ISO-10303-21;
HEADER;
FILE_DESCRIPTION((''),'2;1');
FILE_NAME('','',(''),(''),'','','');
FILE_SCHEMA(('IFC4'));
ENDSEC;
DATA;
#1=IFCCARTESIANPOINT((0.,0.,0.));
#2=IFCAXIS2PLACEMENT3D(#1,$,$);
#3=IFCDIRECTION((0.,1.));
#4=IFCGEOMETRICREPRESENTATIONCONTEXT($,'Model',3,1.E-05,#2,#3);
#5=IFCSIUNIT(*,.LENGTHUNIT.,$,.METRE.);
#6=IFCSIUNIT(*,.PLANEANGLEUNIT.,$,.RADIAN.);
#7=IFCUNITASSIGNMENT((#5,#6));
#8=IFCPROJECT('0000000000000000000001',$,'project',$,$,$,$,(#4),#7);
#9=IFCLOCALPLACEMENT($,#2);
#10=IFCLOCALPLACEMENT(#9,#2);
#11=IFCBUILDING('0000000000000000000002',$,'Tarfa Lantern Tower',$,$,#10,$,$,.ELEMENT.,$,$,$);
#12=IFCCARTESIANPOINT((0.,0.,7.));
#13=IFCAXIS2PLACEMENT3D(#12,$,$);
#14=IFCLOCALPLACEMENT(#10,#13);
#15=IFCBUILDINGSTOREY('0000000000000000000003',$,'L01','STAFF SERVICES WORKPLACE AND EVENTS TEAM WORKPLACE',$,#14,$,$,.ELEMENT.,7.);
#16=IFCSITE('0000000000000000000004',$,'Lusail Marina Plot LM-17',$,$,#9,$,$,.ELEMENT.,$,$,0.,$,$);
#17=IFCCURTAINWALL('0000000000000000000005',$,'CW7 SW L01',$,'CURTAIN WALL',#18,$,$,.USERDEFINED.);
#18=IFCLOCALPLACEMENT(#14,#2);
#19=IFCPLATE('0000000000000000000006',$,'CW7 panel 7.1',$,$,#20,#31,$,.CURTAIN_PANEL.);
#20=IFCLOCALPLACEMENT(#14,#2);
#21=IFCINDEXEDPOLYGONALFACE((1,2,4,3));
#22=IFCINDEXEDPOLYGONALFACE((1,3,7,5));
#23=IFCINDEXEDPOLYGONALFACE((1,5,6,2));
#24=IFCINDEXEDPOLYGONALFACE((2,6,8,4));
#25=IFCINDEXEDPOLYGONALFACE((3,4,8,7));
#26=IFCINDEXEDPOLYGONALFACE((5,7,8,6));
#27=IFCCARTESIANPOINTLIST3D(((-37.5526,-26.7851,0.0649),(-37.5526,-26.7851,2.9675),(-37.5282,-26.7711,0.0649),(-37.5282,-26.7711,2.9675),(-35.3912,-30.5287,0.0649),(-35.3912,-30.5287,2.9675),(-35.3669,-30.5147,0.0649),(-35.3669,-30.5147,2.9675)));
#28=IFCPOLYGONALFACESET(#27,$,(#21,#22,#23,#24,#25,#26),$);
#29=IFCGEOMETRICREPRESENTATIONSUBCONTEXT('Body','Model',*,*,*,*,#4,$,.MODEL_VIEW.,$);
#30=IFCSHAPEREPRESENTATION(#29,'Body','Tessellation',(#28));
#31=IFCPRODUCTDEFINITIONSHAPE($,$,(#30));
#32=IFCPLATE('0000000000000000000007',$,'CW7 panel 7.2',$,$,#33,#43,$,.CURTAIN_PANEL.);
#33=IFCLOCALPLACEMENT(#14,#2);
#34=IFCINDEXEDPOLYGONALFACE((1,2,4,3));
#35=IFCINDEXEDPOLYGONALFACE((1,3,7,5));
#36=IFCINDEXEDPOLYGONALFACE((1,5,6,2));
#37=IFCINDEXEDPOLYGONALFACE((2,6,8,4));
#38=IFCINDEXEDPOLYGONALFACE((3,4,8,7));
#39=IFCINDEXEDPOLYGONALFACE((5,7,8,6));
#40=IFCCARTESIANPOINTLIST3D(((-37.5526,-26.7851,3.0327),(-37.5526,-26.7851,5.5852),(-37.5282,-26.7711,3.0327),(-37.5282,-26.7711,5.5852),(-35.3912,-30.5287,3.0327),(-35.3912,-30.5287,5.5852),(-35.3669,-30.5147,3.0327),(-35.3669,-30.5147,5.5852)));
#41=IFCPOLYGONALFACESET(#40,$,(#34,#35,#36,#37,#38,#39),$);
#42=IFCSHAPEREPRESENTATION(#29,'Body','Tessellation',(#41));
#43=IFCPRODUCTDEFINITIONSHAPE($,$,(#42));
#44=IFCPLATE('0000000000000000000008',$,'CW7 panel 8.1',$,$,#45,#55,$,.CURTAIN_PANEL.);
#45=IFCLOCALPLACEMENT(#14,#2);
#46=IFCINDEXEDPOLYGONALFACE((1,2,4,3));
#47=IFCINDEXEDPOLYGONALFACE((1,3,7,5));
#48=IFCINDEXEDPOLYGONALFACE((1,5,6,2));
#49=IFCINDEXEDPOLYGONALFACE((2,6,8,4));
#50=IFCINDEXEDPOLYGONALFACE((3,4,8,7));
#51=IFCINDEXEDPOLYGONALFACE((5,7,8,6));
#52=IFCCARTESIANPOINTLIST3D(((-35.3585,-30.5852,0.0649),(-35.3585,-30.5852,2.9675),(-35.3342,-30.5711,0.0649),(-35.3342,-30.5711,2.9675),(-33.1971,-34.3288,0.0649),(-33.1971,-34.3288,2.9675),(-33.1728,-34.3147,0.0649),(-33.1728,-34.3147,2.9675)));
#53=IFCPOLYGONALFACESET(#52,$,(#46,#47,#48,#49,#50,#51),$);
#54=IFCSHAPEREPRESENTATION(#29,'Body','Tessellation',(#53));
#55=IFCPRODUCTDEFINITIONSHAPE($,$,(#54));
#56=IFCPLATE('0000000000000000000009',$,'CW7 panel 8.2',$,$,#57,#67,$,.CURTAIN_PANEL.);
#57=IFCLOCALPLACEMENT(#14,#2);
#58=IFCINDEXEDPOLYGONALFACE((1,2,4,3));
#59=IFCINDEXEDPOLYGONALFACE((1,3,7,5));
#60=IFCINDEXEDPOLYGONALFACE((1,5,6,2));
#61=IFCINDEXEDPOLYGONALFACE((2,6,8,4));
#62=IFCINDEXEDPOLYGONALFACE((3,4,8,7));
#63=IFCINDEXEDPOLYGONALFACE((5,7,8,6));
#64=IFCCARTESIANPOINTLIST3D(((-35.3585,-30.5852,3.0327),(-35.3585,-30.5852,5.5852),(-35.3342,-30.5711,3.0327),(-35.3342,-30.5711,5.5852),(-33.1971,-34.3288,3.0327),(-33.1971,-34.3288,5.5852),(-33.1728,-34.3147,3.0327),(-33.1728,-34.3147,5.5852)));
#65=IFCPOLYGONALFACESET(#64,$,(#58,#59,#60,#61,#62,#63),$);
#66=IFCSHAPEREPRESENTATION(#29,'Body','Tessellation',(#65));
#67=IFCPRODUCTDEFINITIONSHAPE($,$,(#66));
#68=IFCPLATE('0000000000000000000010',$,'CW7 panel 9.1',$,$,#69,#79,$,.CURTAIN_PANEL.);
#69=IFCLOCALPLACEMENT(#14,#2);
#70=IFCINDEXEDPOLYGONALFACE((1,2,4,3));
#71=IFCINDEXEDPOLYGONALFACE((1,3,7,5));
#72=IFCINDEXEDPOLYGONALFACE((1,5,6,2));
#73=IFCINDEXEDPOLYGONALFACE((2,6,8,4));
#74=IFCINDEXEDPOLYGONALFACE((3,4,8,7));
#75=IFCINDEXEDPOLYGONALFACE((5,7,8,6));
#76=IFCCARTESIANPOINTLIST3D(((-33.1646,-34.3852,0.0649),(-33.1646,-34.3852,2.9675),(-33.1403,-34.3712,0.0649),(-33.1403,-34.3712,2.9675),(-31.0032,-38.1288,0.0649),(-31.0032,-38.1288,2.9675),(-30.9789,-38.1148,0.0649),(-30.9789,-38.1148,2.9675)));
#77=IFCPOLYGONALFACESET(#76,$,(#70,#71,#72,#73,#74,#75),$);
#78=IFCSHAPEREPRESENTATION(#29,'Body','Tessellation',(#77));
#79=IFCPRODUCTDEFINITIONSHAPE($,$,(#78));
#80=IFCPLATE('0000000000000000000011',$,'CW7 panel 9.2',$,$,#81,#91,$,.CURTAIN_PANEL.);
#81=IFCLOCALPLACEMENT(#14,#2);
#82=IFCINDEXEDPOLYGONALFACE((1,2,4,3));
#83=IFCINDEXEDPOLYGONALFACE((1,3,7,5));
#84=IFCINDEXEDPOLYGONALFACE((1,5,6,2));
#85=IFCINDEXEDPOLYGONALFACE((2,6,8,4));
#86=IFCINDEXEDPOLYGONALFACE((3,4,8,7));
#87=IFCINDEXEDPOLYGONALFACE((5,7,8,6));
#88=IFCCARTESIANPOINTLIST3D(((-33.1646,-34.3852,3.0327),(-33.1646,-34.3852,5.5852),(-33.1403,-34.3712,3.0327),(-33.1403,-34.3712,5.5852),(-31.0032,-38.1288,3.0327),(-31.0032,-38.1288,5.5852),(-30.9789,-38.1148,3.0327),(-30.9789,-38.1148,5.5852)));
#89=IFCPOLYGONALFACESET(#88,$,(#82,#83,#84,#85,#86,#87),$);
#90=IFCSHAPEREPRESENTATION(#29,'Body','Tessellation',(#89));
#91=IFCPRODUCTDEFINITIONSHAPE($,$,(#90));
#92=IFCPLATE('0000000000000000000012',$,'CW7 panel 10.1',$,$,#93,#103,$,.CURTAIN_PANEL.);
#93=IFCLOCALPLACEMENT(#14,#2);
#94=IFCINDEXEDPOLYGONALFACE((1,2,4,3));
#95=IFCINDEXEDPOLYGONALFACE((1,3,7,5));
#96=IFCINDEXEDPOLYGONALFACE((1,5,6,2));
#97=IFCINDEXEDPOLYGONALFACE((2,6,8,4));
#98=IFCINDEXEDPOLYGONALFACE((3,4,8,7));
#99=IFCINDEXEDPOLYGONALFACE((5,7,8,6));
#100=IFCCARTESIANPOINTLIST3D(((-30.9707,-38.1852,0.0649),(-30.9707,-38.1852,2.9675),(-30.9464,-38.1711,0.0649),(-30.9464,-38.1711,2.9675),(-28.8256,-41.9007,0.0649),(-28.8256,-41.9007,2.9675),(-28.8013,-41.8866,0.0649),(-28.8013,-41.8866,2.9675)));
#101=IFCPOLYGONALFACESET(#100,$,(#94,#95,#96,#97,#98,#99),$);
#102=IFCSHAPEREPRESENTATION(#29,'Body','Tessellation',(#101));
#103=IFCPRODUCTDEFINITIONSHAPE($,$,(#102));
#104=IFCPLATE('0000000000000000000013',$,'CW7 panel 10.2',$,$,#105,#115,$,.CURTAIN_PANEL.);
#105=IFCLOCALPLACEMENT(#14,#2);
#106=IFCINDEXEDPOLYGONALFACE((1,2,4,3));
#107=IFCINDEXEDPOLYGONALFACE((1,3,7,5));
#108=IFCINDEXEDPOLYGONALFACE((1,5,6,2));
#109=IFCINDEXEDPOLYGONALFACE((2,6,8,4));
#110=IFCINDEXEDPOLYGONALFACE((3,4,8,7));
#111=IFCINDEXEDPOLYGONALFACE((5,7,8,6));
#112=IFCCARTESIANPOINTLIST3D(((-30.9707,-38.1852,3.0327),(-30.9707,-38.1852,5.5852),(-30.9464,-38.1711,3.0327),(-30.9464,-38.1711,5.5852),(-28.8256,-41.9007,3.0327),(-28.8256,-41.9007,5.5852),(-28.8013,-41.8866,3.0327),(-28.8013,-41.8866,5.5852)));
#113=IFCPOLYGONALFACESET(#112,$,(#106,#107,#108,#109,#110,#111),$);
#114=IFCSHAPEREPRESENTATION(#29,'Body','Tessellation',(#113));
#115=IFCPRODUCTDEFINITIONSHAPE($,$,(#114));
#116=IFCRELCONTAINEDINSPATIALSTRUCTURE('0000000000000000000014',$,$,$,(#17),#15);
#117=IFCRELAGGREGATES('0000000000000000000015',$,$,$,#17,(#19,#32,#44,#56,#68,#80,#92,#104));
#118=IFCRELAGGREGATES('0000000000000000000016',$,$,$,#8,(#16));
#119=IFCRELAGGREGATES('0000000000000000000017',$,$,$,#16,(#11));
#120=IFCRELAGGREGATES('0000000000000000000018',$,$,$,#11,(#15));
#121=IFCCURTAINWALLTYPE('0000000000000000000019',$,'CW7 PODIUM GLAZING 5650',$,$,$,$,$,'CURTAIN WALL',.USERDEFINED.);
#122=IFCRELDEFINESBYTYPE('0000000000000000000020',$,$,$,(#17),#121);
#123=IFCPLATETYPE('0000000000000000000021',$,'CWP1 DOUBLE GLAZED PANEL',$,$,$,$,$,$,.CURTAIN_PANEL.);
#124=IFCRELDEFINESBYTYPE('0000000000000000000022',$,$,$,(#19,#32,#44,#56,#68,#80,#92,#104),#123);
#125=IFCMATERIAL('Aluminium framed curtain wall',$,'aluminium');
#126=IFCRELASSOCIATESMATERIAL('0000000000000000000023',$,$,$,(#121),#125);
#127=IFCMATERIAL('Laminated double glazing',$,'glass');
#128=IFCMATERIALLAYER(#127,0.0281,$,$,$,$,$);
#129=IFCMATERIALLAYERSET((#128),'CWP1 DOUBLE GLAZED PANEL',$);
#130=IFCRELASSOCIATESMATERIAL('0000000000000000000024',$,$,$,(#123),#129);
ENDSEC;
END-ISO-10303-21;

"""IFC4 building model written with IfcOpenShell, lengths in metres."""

from ifc_helpers import new_model, si_unit, direction, frame, origin, origin_2d, place, context, subcontext, project, spatial, rectangle, extrude, material, layer, layer_set, type_object, element, aggregate, save


model = new_model("IFC4")

# Units and contexts
model_context = context("Model", 3, precision=1e-05, world=origin(), true_north=direction((0.0, 1.0)))
body_context = subcontext(model_context, "Body", "Model", "MODEL_VIEW")
ifc_project = project(units=[si_unit("LENGTHUNIT", "METRE"), si_unit("PLANEANGLEUNIT", "RADIAN")], contexts=[model_context])

# Site, building, storey
site_placement = place(None, origin())
site = spatial("IfcSite", under=ifc_project, at=site_placement, Name="Lusail Marina Plot LM-17", CompositionType="ELEMENT", RefElevation=0.0)
building_placement = place(site_placement, origin())
building = spatial("IfcBuilding", under=site, at=building_placement, Name="Tarfa Lantern Tower", CompositionType="ELEMENT")
storey_placement = place(building_placement, frame((0.0, 0.0, 7.0)))
storey = spatial("IfcBuildingStorey", under=building, at=storey_placement, Name="L01", Description="STAFF SERVICES WORKPLACE AND EVENTS TEAM WORKPLACE", CompositionType="ELEMENT", Elevation=7.0)

# Curtain wall
ifc_material_1 = material(Name="Aluminium framed curtain wall", Category="aluminium")
curtain_wall_type = type_object("IfcCurtainWallType", Name="CW7 PODIUM GLAZING 5650", ElementType="CURTAIN WALL", PredefinedType="USERDEFINED", material=ifc_material_1)
curtain_wall_1_placement = place(storey_placement, origin())
curtain_wall_1 = element("IfcCurtainWall", 1, at=curtain_wall_1_placement, inside=storey, type_object=curtain_wall_type, Name="CW7 SW L01", ObjectType="CURTAIN WALL", PredefinedType="USERDEFINED")

# Plates
ifc_material_2 = material(Name="Laminated double glazing", Category="glass")
ifc_layer = layer(ifc_material_2, 0.0281)
ifc_layer_set = layer_set([ifc_layer], Name="CWP1 DOUBLE GLAZED PANEL")
plate_type = type_object("IfcPlateType", Name="CWP1 DOUBLE GLAZED PANEL", PredefinedType="CURTAIN_PANEL", material=ifc_layer_set)
plate_1_placement = place(storey_placement, frame((-36.4597, -28.6499, 0.0649), z_axis=(0.0, 0.0, 1.0), x_axis=(0.5, -0.866025, 0.0)))
plate_1 = element("IfcPlate", 2, at=plate_1_placement, type_object=plate_type, Name="CW7 panel 7.1", PredefinedType="CURTAIN_PANEL", context=body_context, shape_type="SweptSolid", body=[
    extrude(rectangle(XDim=4.3228, YDim=0.0281, at=origin_2d()), origin(), (0.0, 0.0, 1.0), 2.9026),
])
plate_2_placement = place(storey_placement, frame((-36.4597, -28.6499, 3.0327), z_axis=(0.0, 0.0, 1.0), x_axis=(0.5, -0.866025, 0.0)))
plate_2 = element("IfcPlate", 3, at=plate_2_placement, type_object=plate_type, Name="CW7 panel 7.2", PredefinedType="CURTAIN_PANEL", context=body_context, shape_type="SweptSolid", body=[
    extrude(rectangle(XDim=4.3228, YDim=0.0281, at=origin_2d()), origin(), (0.0, 0.0, 1.0), 2.5525),
])
plate_3_placement = place(storey_placement, frame((-34.2656, -32.45, 0.0649), z_axis=(0.0, 0.0, 1.0), x_axis=(0.5, -0.866025, 0.0)))
plate_3 = element("IfcPlate", 4, at=plate_3_placement, type_object=plate_type, Name="CW7 panel 8.1", PredefinedType="CURTAIN_PANEL", context=body_context, shape_type="SweptSolid", body=[
    extrude(rectangle(XDim=4.3228, YDim=0.0281, at=origin_2d()), origin(), (0.0, 0.0, 1.0), 2.9026),
])
plate_4_placement = place(storey_placement, frame((-34.2656, -32.45, 3.0327), z_axis=(0.0, 0.0, 1.0), x_axis=(0.5, -0.866025, 0.0)))
plate_4 = element("IfcPlate", 5, at=plate_4_placement, type_object=plate_type, Name="CW7 panel 8.2", PredefinedType="CURTAIN_PANEL", context=body_context, shape_type="SweptSolid", body=[
    extrude(rectangle(XDim=4.3228, YDim=0.0281, at=origin_2d()), origin(), (0.0, 0.0, 1.0), 2.5525),
])
plate_5_placement = place(storey_placement, frame((-32.0718, -36.25, 0.0649), z_axis=(0.0, 0.0, 1.0), x_axis=(0.5, -0.866025, 0.0)))
plate_5 = element("IfcPlate", 6, at=plate_5_placement, type_object=plate_type, Name="CW7 panel 9.1", PredefinedType="CURTAIN_PANEL", context=body_context, shape_type="SweptSolid", body=[
    extrude(rectangle(XDim=4.3228, YDim=0.0281, at=origin_2d()), origin(), (0.0, 0.0, 1.0), 2.9026),
])
plate_6_placement = place(storey_placement, frame((-32.0718, -36.25, 3.0327), z_axis=(0.0, 0.0, 1.0), x_axis=(0.5, -0.866025, 0.0)))
plate_6 = element("IfcPlate", 7, at=plate_6_placement, type_object=plate_type, Name="CW7 panel 9.2", PredefinedType="CURTAIN_PANEL", context=body_context, shape_type="SweptSolid", body=[
    extrude(rectangle(XDim=4.3228, YDim=0.0281, at=origin_2d()), origin(), (0.0, 0.0, 1.0), 2.5525),
])
plate_7_placement = place(storey_placement, frame((-29.886, -40.0359, 0.0649), z_axis=(0.0, 0.0, 1.0), x_axis=(0.5, -0.866025, 0.0)))
plate_7 = element("IfcPlate", 8, at=plate_7_placement, type_object=plate_type, Name="CW7 panel 10.1", PredefinedType="CURTAIN_PANEL", context=body_context, shape_type="SweptSolid", body=[
    extrude(rectangle(XDim=4.2903, YDim=0.0281, at=origin_2d()), origin(), (0.0, 0.0, 1.0), 2.9026),
])
plate_8_placement = place(storey_placement, frame((-29.886, -40.0359, 3.0327), z_axis=(0.0, 0.0, 1.0), x_axis=(0.5, -0.866025, 0.0)))
plate_8 = element("IfcPlate", 9, at=plate_8_placement, type_object=plate_type, Name="CW7 panel 10.2", PredefinedType="CURTAIN_PANEL", context=body_context, shape_type="SweptSolid", body=[
    extrude(rectangle(XDim=4.2903, YDim=0.0281, at=origin_2d()), origin(), (0.0, 0.0, 1.0), 2.5525),
])
aggregate(curtain_wall_1, [plate_1, plate_2, plate_3, plate_4, plate_5, plate_6, plate_7, plate_8])

save(model, "model.ifc")
